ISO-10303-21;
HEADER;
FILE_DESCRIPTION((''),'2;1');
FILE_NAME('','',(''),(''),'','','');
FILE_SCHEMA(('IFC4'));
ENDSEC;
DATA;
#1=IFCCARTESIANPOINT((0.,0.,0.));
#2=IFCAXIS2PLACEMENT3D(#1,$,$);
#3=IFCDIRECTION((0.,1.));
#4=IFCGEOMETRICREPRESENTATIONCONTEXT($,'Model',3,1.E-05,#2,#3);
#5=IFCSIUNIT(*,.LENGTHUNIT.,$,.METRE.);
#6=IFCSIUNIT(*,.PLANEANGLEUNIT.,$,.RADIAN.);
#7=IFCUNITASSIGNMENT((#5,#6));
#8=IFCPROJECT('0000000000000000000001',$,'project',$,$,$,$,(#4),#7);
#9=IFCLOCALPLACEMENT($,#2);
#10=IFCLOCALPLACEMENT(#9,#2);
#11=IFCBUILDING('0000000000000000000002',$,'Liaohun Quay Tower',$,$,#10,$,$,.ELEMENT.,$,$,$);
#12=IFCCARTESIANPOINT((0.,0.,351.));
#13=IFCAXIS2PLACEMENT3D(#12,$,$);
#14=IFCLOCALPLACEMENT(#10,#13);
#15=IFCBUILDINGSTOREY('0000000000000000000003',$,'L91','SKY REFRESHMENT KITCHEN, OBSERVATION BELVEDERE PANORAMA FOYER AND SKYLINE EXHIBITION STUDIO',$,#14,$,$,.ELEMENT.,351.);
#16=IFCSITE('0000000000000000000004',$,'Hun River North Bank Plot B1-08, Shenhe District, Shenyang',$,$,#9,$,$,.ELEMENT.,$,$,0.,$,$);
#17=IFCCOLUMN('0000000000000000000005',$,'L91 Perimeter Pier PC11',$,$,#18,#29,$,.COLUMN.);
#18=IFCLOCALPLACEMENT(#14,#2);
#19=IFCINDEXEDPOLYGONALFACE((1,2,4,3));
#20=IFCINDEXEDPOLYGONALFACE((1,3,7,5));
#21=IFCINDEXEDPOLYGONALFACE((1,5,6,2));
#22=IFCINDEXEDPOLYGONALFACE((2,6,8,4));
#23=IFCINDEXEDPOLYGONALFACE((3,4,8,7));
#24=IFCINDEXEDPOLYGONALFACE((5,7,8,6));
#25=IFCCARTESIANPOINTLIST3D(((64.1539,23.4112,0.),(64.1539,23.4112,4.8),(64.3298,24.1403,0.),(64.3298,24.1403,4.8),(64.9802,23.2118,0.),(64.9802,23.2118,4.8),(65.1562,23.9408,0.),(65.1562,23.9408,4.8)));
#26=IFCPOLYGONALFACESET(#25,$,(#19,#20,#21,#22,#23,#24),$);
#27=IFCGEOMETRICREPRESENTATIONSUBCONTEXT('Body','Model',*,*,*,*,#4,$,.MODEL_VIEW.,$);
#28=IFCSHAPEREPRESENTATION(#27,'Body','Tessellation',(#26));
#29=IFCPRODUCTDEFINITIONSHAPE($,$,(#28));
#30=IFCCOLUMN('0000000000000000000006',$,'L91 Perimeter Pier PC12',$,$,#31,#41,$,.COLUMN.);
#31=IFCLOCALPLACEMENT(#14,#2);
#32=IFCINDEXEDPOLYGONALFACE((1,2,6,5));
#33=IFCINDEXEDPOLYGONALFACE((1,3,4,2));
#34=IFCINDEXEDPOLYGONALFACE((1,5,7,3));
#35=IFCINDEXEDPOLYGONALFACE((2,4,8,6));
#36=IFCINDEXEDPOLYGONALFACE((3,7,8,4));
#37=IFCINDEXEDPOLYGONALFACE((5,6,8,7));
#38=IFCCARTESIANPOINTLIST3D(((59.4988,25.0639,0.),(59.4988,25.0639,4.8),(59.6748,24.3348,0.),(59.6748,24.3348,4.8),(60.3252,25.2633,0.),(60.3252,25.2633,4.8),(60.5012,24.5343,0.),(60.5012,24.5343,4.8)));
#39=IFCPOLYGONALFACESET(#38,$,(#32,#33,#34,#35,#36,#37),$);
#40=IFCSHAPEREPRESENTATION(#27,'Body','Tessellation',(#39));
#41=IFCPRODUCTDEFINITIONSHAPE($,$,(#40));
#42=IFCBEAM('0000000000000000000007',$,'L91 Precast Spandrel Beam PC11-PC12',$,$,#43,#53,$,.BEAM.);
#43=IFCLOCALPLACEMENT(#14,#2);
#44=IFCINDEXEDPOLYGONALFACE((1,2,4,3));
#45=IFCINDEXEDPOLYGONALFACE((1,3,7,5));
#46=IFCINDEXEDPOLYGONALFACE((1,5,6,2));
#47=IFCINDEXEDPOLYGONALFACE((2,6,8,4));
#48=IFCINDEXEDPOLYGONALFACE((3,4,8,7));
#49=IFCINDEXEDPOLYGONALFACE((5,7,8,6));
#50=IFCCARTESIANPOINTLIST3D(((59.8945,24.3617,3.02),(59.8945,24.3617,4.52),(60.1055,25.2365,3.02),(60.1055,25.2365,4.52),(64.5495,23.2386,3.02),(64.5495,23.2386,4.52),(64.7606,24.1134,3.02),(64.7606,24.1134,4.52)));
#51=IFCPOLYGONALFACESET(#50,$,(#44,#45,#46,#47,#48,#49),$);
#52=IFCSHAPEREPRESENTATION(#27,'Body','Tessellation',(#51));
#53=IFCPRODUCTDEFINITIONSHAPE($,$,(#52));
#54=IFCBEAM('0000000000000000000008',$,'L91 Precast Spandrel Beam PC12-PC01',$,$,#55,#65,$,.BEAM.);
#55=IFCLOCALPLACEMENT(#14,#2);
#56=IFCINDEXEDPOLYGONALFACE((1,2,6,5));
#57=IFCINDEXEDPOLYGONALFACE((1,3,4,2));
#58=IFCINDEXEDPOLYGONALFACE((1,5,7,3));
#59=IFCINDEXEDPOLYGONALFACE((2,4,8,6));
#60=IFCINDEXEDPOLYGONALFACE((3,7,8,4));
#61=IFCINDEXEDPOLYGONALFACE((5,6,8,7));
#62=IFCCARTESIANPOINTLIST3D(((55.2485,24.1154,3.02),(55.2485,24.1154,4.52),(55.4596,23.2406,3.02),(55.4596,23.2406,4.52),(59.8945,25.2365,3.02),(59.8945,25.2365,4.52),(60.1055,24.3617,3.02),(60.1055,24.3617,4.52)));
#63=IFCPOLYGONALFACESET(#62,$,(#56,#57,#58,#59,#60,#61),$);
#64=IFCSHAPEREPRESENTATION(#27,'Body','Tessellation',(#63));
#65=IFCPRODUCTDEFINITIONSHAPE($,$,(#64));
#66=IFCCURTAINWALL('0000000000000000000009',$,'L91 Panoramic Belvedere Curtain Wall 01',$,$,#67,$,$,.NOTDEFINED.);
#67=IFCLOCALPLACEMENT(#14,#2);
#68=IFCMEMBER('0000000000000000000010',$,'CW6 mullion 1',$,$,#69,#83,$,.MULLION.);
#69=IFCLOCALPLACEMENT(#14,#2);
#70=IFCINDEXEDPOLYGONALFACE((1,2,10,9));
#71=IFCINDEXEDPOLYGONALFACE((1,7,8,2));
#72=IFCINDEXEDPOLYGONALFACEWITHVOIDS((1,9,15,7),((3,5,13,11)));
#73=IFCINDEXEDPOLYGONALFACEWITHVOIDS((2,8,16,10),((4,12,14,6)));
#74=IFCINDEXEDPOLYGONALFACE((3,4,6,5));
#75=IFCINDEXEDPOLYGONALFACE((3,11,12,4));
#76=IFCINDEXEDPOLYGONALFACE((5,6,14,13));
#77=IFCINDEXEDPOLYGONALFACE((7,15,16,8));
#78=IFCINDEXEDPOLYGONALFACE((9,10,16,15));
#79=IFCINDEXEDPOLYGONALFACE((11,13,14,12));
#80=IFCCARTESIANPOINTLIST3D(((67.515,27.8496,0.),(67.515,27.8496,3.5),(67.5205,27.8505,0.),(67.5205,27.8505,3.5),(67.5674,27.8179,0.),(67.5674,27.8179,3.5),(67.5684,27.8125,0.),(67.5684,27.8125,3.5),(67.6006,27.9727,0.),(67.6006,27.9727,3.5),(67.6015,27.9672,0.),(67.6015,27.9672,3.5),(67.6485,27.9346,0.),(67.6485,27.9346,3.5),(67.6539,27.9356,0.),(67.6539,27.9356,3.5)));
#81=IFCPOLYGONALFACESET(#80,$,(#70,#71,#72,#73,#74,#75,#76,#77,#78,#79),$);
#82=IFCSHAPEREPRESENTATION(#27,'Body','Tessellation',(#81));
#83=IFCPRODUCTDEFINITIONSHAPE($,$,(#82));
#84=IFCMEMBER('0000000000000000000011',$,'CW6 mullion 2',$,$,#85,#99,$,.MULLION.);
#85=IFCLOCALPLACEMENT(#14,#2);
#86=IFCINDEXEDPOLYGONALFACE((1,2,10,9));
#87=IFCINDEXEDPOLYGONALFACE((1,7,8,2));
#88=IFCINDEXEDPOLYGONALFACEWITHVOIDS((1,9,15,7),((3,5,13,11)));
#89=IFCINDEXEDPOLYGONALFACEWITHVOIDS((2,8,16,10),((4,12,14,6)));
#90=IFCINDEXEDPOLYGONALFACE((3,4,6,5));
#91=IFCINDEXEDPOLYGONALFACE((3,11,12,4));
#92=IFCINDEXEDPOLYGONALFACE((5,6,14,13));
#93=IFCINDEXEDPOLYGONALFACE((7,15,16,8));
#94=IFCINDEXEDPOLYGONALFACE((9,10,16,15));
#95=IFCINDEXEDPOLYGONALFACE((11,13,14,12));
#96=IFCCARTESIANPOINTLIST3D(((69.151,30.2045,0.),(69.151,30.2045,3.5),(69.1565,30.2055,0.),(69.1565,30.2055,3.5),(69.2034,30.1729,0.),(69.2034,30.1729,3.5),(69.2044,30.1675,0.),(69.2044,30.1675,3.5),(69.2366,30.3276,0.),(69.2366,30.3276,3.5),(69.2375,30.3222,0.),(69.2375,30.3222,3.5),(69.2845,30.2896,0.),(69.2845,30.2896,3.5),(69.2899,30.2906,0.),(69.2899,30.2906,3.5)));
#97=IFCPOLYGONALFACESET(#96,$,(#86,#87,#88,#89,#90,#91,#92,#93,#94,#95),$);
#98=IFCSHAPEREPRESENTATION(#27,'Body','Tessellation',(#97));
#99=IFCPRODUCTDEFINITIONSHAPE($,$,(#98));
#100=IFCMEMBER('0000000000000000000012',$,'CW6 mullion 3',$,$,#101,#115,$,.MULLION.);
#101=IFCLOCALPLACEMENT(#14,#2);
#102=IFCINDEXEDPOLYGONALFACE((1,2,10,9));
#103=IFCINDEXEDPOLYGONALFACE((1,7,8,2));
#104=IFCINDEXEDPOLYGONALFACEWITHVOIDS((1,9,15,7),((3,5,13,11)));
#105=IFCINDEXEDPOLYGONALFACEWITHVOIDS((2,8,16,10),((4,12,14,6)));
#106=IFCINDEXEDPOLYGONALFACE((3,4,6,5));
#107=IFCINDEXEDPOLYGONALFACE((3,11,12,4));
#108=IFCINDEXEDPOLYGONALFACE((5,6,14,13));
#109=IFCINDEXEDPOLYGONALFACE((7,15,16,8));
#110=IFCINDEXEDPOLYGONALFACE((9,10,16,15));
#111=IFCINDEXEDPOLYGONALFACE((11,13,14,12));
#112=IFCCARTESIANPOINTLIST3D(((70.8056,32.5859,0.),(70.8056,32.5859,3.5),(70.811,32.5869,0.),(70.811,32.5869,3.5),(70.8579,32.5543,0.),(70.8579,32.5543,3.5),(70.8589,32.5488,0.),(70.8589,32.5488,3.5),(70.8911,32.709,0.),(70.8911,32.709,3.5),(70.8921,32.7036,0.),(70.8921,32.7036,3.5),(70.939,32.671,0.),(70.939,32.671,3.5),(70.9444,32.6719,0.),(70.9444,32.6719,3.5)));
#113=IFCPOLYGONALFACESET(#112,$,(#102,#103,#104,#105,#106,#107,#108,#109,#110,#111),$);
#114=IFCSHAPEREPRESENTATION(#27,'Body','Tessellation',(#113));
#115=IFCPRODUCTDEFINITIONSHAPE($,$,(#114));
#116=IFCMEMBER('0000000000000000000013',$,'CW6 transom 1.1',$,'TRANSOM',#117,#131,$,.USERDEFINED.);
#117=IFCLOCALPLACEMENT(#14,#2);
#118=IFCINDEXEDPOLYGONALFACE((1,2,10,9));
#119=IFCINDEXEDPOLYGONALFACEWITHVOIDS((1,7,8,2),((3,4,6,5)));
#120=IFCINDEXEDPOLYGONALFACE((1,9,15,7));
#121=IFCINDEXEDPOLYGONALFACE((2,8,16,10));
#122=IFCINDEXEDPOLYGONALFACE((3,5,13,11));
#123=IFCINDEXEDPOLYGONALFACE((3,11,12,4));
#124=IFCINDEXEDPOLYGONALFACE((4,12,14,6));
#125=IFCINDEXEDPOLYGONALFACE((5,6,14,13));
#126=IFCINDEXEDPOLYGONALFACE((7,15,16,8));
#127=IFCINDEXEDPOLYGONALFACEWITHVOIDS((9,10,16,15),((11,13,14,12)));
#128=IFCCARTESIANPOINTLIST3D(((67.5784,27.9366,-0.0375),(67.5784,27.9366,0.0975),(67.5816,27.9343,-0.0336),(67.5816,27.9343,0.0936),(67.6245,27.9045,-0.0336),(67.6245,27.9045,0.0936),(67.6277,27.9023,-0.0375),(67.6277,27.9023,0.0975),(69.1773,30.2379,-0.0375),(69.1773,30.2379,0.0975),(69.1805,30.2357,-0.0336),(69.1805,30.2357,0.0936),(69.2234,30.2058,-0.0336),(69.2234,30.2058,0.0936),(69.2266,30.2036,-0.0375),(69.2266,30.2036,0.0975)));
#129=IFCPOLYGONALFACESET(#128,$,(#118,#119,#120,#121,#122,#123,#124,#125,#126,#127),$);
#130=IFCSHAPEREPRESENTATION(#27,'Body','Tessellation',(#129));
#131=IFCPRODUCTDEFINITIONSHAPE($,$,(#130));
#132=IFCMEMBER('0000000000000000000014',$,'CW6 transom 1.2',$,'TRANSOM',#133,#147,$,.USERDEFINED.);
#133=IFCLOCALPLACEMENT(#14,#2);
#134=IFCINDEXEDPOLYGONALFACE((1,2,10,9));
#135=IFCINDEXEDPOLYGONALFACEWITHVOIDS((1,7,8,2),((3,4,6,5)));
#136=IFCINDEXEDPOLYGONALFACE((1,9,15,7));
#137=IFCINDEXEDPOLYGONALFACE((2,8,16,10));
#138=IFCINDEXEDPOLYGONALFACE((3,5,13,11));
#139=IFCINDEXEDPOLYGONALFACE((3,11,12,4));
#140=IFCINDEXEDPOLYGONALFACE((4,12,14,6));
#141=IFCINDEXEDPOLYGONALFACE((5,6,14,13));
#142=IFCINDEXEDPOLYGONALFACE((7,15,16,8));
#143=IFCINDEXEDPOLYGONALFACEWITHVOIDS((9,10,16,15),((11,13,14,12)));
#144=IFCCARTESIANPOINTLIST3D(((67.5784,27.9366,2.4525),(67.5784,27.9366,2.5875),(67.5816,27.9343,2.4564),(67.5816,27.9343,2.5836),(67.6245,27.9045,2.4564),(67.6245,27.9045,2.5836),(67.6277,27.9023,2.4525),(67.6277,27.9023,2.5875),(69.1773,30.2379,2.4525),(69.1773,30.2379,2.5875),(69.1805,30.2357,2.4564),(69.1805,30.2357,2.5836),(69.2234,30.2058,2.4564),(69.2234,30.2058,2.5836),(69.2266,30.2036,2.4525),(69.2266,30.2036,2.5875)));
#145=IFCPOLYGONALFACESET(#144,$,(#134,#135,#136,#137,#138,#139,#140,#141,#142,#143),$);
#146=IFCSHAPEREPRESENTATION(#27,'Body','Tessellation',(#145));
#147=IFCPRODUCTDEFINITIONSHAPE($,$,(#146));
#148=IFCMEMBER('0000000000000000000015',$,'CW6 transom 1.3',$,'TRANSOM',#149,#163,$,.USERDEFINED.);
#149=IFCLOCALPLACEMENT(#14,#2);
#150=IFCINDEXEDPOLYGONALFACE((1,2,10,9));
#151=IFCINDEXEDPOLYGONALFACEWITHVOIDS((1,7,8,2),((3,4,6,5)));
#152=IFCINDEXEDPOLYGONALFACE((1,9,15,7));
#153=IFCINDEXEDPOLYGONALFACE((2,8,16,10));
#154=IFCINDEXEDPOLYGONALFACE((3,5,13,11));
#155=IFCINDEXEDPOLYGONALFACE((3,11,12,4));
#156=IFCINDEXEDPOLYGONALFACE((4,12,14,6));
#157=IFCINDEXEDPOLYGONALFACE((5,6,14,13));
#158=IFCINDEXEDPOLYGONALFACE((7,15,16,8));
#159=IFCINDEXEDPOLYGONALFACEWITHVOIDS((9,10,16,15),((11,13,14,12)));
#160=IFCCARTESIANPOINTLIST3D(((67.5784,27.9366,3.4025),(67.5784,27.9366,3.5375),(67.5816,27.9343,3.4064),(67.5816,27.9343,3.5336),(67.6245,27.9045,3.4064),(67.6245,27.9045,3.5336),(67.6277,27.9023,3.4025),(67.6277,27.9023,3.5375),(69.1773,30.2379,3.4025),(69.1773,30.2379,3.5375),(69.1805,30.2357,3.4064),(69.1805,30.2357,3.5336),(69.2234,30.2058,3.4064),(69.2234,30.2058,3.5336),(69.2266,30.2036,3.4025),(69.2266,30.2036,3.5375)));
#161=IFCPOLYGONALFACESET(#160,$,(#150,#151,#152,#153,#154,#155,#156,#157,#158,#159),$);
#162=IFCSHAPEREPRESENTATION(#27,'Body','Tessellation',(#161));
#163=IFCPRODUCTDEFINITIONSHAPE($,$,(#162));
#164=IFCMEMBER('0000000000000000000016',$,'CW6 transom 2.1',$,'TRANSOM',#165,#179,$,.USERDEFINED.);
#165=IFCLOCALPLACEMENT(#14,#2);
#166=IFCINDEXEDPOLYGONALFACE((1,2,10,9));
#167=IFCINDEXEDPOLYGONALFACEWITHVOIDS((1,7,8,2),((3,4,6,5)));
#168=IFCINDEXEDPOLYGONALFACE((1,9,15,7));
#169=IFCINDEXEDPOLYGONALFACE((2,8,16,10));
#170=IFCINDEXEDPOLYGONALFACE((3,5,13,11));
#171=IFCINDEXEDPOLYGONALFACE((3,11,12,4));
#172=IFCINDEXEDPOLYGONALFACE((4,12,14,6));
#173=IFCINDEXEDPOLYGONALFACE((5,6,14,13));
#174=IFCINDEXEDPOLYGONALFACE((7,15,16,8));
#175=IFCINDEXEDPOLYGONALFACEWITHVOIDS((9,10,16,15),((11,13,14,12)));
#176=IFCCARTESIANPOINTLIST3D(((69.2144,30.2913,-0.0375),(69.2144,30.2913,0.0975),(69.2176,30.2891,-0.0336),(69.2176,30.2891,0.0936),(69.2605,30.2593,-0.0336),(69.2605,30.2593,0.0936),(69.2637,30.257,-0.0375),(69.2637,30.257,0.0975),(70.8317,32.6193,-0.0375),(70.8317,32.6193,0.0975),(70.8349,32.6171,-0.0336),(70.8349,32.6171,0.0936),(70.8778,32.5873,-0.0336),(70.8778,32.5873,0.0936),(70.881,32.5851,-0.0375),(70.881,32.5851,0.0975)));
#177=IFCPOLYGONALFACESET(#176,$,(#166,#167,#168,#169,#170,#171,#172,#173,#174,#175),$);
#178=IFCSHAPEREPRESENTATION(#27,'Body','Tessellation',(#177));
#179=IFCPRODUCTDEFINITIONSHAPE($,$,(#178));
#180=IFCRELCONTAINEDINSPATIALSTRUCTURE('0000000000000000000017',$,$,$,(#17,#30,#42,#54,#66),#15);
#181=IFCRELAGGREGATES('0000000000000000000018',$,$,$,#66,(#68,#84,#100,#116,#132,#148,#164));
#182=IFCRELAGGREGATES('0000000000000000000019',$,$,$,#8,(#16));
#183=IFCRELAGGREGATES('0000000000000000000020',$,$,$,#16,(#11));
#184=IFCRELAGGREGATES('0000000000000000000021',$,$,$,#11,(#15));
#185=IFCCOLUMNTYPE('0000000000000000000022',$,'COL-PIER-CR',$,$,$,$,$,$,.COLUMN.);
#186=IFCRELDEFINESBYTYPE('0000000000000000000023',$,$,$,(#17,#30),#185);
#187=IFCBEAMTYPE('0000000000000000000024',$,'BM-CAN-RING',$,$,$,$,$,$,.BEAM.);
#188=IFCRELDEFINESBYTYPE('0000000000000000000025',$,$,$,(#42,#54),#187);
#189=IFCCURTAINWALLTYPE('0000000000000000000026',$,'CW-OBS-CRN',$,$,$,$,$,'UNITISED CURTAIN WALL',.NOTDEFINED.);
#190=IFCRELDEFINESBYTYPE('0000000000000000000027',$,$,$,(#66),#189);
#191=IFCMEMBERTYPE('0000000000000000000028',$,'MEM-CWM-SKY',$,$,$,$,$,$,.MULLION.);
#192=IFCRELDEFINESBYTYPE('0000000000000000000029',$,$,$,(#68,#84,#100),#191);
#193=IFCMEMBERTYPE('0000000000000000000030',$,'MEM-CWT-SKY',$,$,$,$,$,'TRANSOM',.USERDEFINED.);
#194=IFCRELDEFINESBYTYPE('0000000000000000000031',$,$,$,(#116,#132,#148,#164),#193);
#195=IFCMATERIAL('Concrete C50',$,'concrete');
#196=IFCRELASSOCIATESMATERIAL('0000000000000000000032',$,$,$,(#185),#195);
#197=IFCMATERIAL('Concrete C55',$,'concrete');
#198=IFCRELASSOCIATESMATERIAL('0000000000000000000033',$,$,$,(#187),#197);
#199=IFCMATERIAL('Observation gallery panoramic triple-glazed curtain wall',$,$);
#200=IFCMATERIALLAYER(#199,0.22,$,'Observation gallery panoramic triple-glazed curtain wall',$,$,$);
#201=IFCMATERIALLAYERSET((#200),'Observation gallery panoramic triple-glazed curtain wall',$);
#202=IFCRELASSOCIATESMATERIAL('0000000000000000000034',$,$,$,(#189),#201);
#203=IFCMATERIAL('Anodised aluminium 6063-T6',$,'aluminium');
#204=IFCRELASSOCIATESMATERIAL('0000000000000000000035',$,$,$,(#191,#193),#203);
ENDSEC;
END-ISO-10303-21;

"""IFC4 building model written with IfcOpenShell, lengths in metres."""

from ifc_helpers import new_model, si_unit, direction, frame, origin, origin_2d, place, context, subcontext, project, spatial, rectangle, hollow_rectangle, extrude, source, transform, mapped, material, layer, layer_set, material_profile, profile_set, type_object, element, aggregate, save


model = new_model("IFC4")

# Units and contexts
model_context = context("Model", 3, precision=1e-05, world=origin(), true_north=direction((0.0, 1.0)))
body_context = subcontext(model_context, "Body", "Model", "MODEL_VIEW")
ifc_project = project(units=[si_unit("LENGTHUNIT", "METRE"), si_unit("PLANEANGLEUNIT", "RADIAN")], contexts=[model_context])

# Site, building, storey
site_placement = place(None, origin())
site = spatial("IfcSite", under=ifc_project, at=site_placement, Name="Hun River North Bank Plot B1-08, Shenhe District, Shenyang", CompositionType="ELEMENT", RefElevation=0.0)
building_placement = place(site_placement, origin())
building = spatial("IfcBuilding", under=site, at=building_placement, Name="Liaohun Quay Tower", CompositionType="ELEMENT")
storey_placement = place(building_placement, frame((0.0, 0.0, 351.0)))
storey = spatial("IfcBuildingStorey", under=building, at=storey_placement, Name="L91", Description="SKY REFRESHMENT KITCHEN, OBSERVATION BELVEDERE PANORAMA FOYER AND SKYLINE EXHIBITION STUDIO", CompositionType="ELEMENT", Elevation=351.0)

# Columns
ifc_material_1 = material(Name="Concrete C50", Category="concrete")
ifc_material_profile_1 = material_profile(ifc_material_1, rectangle(XDim=0.8501, YDim=0.75, at=origin_2d()), Name="RC850x750")
ifc_profile_set_1 = profile_set([ifc_material_profile_1], Name="Concrete C50")
column_type = type_object("IfcColumnType", Name="COL-PIER-CR", PredefinedType="COLUMN", material=ifc_profile_set_1)
shared_shape_1 = source(origin(), body_context, "Body", "SweptSolid", [
    extrude(rectangle(XDim=0.8501, YDim=0.75, at=origin_2d()), origin(), (0.0, 0.0, 1.0), 4.8),
])
for number, where, z_axis, x_axis, name in (
    (1, (64.655, 23.676, 0.0), (0.0, 0.0, 1.0), (-0.972084, 0.234633, 0.0), "L91 Perimeter Pier PC11"),
    (2, (60.0, 24.7991, 0.0), (0.0, 0.0, 1.0), (0.972084, 0.234633, 0.0), "L91 Perimeter Pier PC12"),
):
    element("IfcColumn", number, at=place(storey_placement, frame(where, z_axis=z_axis, x_axis=x_axis)), inside=storey, type_object=column_type, Name=name, PredefinedType="COLUMN", context=body_context, shape_type="MappedRepresentation", body=[
        mapped(shared_shape_1, transform((0.0, 0.0, 0.0), x_axis=(1.0, 0.0, 0.0), y_axis=(0.0, 1.0, 0.0), z_axis=(0.0, 0.0, 1.0), scale=1.0)),
    ])

# Beams
ifc_material_2 = material(Name="Concrete C55", Category="concrete")
ifc_material_profile_2 = material_profile(ifc_material_2, rectangle(XDim=0.8999, YDim=1.5, at=origin_2d()), Name="RC900x1500")
ifc_profile_set_2 = profile_set([ifc_material_profile_2], Name="Concrete C55")
beam_type = type_object("IfcBeamType", Name="BM-CAN-RING", PredefinedType="BEAM", material=ifc_profile_set_2)
shared_shape_2 = source(origin(), body_context, "Body", "SweptSolid", [
    extrude(rectangle(XDim=0.8999, YDim=1.5, at=origin_2d()), origin(), (0.0, 0.0, 1.0), 4.7886),
])
beam_1_placement = place(storey_placement, frame((64.655, 23.676, 3.77), z_axis=(-0.97211, 0.234526, 0.0), x_axis=(-0.234526, -0.97211, 0.0)))
element("IfcBeam", 3, at=beam_1_placement, inside=storey, type_object=beam_type, Name="L91 Precast Spandrel Beam PC11-PC12", PredefinedType="BEAM", context=body_context, shape_type="MappedRepresentation", body=[
    mapped(shared_shape_2, transform((0.0, 0.0, 0.0), x_axis=(1.0, 0.0, 0.0), y_axis=(0.0, 1.0, 0.0), z_axis=(0.0, 0.0, 1.0), scale=1.0)),
])
shared_shape_3 = source(origin(), body_context, "Body", "SweptSolid", [
    extrude(rectangle(XDim=0.8999, YDim=1.5, at=origin_2d()), origin(), (0.0, 0.0, 1.0), 4.7793),
])
beam_2_placement = place(storey_placement, frame((60.0, 24.7991, 3.77), z_axis=(-0.972099, -0.234571, 0.0), x_axis=(0.234571, -0.972099, 0.0)))
element("IfcBeam", 4, at=beam_2_placement, inside=storey, type_object=beam_type, Name="L91 Precast Spandrel Beam PC12-PC01", PredefinedType="BEAM", context=body_context, shape_type="MappedRepresentation", body=[
    mapped(shared_shape_3, transform((0.0, 0.0, 0.0), x_axis=(1.0, 0.0, 0.0), y_axis=(0.0, 1.0, 0.0), z_axis=(0.0, 0.0, 1.0), scale=1.0)),
])

# Curtain wall, members
ifc_material_3 = material(Name="Observation gallery panoramic triple-glazed curtain wall")
ifc_layer_1 = layer(ifc_material_3, 0.22, Name="Observation gallery panoramic triple-glazed curtain wall")
ifc_layer_set_1 = layer_set([ifc_layer_1], Name="Observation gallery panoramic triple-glazed curtain wall")
curtain_wall_type = type_object("IfcCurtainWallType", Name="CW-OBS-CRN", ElementType="UNITISED CURTAIN WALL", PredefinedType="NOTDEFINED", material=ifc_layer_set_1)
curtain_wall_placement = place(storey_placement, origin())
curtain_wall = element("IfcCurtainWall", 5, at=curtain_wall_placement, inside=storey, type_object=curtain_wall_type, Name="L91 Panoramic Belvedere Curtain Wall 01", PredefinedType="NOTDEFINED")
ifc_material_4 = material(Name="Anodised aluminium 6063-T6", Category="aluminium")
ifc_material_profile_3 = material_profile(ifc_material_4, hollow_rectangle(XDim=0.0649, YDim=0.1499, WallThickness=0.0039, at=origin_2d()), Name="RHS150x65x4")
ifc_profile_set_3 = profile_set([ifc_material_profile_3], Name="Anodised aluminium 6063-T6")
member_type_1 = type_object("IfcMemberType", Name="MEM-CWM-SKY", PredefinedType="MULLION", material=ifc_profile_set_3)
shared_shape_4 = source(origin(), body_context, "Body", "SweptSolid", [
    extrude(hollow_rectangle(XDim=0.0649, YDim=0.1499, WallThickness=0.0039, at=origin_2d()), origin(), (0.0, 0.0, 1.0), 3.5),
])
member_1_placement = place(storey_placement, frame((67.5845, 27.8926, 0.0), z_axis=(0.0, 0.0, 1.0), x_axis=(-0.82126, 0.570554, 0.0)))
member_1 = element("IfcMember", 6, at=member_1_placement, type_object=member_type_1, Name="CW6 mullion 1", PredefinedType="MULLION", context=body_context, shape_type="MappedRepresentation", body=[
    mapped(shared_shape_4, transform((0.0, 0.0, 0.0), x_axis=(1.0, 0.0, 0.0), y_axis=(0.0, 1.0, 0.0), z_axis=(0.0, 0.0, 1.0), scale=1.0)),
])
member_2_placement = place(storey_placement, frame((69.2205, 30.2476, 0.0), z_axis=(0.0, 0.0, 1.0), x_axis=(-0.82126, 0.570554, 0.0)))
member_2 = element("IfcMember", 7, at=member_2_placement, type_object=member_type_1, Name="CW6 mullion 2", PredefinedType="MULLION", context=body_context, shape_type="MappedRepresentation", body=[
    mapped(shared_shape_4, transform((0.0, 0.0, 0.0), x_axis=(1.0, 0.0, 0.0), y_axis=(0.0, 1.0, 0.0), z_axis=(0.0, 0.0, 1.0), scale=1.0)),
])
member_3_placement = place(storey_placement, frame((70.875, 32.6289, 0.0), z_axis=(0.0, 0.0, 1.0), x_axis=(-0.82126, 0.570554, 0.0)))
member_3 = element("IfcMember", 8, at=member_3_placement, type_object=member_type_1, Name="CW6 mullion 3", PredefinedType="MULLION", context=body_context, shape_type="MappedRepresentation", body=[
    mapped(shared_shape_4, transform((0.0, 0.0, 0.0), x_axis=(1.0, 0.0, 0.0), y_axis=(0.0, 1.0, 0.0), z_axis=(0.0, 0.0, 1.0), scale=1.0)),
])
ifc_material_profile_4 = material_profile(ifc_material_4, hollow_rectangle(XDim=0.0601, YDim=0.135, WallThickness=0.0039, at=origin_2d()), Name="RHS135x60x4")
ifc_profile_set_4 = profile_set([ifc_material_profile_4], Name="Anodised aluminium 6063-T6")
member_type_2 = type_object("IfcMemberType", Name="MEM-CWT-SKY", ElementType="TRANSOM", PredefinedType="USERDEFINED", material=ifc_profile_set_4)
shared_shape_5 = source(origin(), body_context, "Body", "SweptSolid", [
    extrude(hollow_rectangle(XDim=0.0601, YDim=0.135, WallThickness=0.0039, at=origin_2d()), origin(), (0.0, 0.0, 1.0), 2.8022),
])
member_4_placement = place(storey_placement, frame((67.603, 27.9194, 0.03), z_axis=(0.570582, 0.821241, 0.0), x_axis=(-0.821241, 0.570582, 0.0)))
member_4 = element("IfcMember", 9, at=member_4_placement, type_object=member_type_2, Name="CW6 transom 1.1", ObjectType="TRANSOM", PredefinedType="USERDEFINED", context=body_context, shape_type="MappedRepresentation", body=[
    mapped(shared_shape_5, transform((0.0, 0.0, 0.0), x_axis=(1.0, 0.0, 0.0), y_axis=(0.0, 1.0, 0.0), z_axis=(0.0, 0.0, 1.0), scale=1.0)),
])
member_5_placement = place(storey_placement, frame((67.603, 27.9194, 2.52), z_axis=(0.570582, 0.821241, 0.0), x_axis=(-0.821241, 0.570582, 0.0)))
member_5 = element("IfcMember", 10, at=member_5_placement, type_object=member_type_2, Name="CW6 transom 1.2", ObjectType="TRANSOM", PredefinedType="USERDEFINED", context=body_context, shape_type="MappedRepresentation", body=[
    mapped(shared_shape_5, transform((0.0, 0.0, 0.0), x_axis=(1.0, 0.0, 0.0), y_axis=(0.0, 1.0, 0.0), z_axis=(0.0, 0.0, 1.0), scale=1.0)),
])
member_6_placement = place(storey_placement, frame((67.603, 27.9194, 3.47), z_axis=(0.570582, 0.821241, 0.0), x_axis=(-0.821241, 0.570582, 0.0)))
member_6 = element("IfcMember", 11, at=member_6_placement, type_object=member_type_2, Name="CW6 transom 1.3", ObjectType="TRANSOM", PredefinedType="USERDEFINED", context=body_context, shape_type="MappedRepresentation", body=[
    mapped(shared_shape_5, transform((0.0, 0.0, 0.0), x_axis=(1.0, 0.0, 0.0), y_axis=(0.0, 1.0, 0.0), z_axis=(0.0, 0.0, 1.0), scale=1.0)),
])
shared_shape_6 = source(origin(), body_context, "Body", "SweptSolid", [
    extrude(hollow_rectangle(XDim=0.0601, YDim=0.135, WallThickness=0.0039, at=origin_2d()), origin(), (0.0, 0.0, 1.0), 2.8347),
])
member_7_placement = place(storey_placement, frame((69.239, 30.2742, 0.03), z_axis=(0.570557, 0.821258, 0.0), x_axis=(-0.821258, 0.570557, 0.0)))
member_7 = element("IfcMember", 12, at=member_7_placement, type_object=member_type_2, Name="CW6 transom 2.1", ObjectType="TRANSOM", PredefinedType="USERDEFINED", context=body_context, shape_type="MappedRepresentation", body=[
    mapped(shared_shape_6, transform((0.0, 0.0, 0.0), x_axis=(1.0, 0.0, 0.0), y_axis=(0.0, 1.0, 0.0), z_axis=(0.0, 0.0, 1.0), scale=1.0)),
])
aggregate(curtain_wall, [member_1, member_2, member_3, member_4, member_5, member_6, member_7])

save(model, "model.ifc")
